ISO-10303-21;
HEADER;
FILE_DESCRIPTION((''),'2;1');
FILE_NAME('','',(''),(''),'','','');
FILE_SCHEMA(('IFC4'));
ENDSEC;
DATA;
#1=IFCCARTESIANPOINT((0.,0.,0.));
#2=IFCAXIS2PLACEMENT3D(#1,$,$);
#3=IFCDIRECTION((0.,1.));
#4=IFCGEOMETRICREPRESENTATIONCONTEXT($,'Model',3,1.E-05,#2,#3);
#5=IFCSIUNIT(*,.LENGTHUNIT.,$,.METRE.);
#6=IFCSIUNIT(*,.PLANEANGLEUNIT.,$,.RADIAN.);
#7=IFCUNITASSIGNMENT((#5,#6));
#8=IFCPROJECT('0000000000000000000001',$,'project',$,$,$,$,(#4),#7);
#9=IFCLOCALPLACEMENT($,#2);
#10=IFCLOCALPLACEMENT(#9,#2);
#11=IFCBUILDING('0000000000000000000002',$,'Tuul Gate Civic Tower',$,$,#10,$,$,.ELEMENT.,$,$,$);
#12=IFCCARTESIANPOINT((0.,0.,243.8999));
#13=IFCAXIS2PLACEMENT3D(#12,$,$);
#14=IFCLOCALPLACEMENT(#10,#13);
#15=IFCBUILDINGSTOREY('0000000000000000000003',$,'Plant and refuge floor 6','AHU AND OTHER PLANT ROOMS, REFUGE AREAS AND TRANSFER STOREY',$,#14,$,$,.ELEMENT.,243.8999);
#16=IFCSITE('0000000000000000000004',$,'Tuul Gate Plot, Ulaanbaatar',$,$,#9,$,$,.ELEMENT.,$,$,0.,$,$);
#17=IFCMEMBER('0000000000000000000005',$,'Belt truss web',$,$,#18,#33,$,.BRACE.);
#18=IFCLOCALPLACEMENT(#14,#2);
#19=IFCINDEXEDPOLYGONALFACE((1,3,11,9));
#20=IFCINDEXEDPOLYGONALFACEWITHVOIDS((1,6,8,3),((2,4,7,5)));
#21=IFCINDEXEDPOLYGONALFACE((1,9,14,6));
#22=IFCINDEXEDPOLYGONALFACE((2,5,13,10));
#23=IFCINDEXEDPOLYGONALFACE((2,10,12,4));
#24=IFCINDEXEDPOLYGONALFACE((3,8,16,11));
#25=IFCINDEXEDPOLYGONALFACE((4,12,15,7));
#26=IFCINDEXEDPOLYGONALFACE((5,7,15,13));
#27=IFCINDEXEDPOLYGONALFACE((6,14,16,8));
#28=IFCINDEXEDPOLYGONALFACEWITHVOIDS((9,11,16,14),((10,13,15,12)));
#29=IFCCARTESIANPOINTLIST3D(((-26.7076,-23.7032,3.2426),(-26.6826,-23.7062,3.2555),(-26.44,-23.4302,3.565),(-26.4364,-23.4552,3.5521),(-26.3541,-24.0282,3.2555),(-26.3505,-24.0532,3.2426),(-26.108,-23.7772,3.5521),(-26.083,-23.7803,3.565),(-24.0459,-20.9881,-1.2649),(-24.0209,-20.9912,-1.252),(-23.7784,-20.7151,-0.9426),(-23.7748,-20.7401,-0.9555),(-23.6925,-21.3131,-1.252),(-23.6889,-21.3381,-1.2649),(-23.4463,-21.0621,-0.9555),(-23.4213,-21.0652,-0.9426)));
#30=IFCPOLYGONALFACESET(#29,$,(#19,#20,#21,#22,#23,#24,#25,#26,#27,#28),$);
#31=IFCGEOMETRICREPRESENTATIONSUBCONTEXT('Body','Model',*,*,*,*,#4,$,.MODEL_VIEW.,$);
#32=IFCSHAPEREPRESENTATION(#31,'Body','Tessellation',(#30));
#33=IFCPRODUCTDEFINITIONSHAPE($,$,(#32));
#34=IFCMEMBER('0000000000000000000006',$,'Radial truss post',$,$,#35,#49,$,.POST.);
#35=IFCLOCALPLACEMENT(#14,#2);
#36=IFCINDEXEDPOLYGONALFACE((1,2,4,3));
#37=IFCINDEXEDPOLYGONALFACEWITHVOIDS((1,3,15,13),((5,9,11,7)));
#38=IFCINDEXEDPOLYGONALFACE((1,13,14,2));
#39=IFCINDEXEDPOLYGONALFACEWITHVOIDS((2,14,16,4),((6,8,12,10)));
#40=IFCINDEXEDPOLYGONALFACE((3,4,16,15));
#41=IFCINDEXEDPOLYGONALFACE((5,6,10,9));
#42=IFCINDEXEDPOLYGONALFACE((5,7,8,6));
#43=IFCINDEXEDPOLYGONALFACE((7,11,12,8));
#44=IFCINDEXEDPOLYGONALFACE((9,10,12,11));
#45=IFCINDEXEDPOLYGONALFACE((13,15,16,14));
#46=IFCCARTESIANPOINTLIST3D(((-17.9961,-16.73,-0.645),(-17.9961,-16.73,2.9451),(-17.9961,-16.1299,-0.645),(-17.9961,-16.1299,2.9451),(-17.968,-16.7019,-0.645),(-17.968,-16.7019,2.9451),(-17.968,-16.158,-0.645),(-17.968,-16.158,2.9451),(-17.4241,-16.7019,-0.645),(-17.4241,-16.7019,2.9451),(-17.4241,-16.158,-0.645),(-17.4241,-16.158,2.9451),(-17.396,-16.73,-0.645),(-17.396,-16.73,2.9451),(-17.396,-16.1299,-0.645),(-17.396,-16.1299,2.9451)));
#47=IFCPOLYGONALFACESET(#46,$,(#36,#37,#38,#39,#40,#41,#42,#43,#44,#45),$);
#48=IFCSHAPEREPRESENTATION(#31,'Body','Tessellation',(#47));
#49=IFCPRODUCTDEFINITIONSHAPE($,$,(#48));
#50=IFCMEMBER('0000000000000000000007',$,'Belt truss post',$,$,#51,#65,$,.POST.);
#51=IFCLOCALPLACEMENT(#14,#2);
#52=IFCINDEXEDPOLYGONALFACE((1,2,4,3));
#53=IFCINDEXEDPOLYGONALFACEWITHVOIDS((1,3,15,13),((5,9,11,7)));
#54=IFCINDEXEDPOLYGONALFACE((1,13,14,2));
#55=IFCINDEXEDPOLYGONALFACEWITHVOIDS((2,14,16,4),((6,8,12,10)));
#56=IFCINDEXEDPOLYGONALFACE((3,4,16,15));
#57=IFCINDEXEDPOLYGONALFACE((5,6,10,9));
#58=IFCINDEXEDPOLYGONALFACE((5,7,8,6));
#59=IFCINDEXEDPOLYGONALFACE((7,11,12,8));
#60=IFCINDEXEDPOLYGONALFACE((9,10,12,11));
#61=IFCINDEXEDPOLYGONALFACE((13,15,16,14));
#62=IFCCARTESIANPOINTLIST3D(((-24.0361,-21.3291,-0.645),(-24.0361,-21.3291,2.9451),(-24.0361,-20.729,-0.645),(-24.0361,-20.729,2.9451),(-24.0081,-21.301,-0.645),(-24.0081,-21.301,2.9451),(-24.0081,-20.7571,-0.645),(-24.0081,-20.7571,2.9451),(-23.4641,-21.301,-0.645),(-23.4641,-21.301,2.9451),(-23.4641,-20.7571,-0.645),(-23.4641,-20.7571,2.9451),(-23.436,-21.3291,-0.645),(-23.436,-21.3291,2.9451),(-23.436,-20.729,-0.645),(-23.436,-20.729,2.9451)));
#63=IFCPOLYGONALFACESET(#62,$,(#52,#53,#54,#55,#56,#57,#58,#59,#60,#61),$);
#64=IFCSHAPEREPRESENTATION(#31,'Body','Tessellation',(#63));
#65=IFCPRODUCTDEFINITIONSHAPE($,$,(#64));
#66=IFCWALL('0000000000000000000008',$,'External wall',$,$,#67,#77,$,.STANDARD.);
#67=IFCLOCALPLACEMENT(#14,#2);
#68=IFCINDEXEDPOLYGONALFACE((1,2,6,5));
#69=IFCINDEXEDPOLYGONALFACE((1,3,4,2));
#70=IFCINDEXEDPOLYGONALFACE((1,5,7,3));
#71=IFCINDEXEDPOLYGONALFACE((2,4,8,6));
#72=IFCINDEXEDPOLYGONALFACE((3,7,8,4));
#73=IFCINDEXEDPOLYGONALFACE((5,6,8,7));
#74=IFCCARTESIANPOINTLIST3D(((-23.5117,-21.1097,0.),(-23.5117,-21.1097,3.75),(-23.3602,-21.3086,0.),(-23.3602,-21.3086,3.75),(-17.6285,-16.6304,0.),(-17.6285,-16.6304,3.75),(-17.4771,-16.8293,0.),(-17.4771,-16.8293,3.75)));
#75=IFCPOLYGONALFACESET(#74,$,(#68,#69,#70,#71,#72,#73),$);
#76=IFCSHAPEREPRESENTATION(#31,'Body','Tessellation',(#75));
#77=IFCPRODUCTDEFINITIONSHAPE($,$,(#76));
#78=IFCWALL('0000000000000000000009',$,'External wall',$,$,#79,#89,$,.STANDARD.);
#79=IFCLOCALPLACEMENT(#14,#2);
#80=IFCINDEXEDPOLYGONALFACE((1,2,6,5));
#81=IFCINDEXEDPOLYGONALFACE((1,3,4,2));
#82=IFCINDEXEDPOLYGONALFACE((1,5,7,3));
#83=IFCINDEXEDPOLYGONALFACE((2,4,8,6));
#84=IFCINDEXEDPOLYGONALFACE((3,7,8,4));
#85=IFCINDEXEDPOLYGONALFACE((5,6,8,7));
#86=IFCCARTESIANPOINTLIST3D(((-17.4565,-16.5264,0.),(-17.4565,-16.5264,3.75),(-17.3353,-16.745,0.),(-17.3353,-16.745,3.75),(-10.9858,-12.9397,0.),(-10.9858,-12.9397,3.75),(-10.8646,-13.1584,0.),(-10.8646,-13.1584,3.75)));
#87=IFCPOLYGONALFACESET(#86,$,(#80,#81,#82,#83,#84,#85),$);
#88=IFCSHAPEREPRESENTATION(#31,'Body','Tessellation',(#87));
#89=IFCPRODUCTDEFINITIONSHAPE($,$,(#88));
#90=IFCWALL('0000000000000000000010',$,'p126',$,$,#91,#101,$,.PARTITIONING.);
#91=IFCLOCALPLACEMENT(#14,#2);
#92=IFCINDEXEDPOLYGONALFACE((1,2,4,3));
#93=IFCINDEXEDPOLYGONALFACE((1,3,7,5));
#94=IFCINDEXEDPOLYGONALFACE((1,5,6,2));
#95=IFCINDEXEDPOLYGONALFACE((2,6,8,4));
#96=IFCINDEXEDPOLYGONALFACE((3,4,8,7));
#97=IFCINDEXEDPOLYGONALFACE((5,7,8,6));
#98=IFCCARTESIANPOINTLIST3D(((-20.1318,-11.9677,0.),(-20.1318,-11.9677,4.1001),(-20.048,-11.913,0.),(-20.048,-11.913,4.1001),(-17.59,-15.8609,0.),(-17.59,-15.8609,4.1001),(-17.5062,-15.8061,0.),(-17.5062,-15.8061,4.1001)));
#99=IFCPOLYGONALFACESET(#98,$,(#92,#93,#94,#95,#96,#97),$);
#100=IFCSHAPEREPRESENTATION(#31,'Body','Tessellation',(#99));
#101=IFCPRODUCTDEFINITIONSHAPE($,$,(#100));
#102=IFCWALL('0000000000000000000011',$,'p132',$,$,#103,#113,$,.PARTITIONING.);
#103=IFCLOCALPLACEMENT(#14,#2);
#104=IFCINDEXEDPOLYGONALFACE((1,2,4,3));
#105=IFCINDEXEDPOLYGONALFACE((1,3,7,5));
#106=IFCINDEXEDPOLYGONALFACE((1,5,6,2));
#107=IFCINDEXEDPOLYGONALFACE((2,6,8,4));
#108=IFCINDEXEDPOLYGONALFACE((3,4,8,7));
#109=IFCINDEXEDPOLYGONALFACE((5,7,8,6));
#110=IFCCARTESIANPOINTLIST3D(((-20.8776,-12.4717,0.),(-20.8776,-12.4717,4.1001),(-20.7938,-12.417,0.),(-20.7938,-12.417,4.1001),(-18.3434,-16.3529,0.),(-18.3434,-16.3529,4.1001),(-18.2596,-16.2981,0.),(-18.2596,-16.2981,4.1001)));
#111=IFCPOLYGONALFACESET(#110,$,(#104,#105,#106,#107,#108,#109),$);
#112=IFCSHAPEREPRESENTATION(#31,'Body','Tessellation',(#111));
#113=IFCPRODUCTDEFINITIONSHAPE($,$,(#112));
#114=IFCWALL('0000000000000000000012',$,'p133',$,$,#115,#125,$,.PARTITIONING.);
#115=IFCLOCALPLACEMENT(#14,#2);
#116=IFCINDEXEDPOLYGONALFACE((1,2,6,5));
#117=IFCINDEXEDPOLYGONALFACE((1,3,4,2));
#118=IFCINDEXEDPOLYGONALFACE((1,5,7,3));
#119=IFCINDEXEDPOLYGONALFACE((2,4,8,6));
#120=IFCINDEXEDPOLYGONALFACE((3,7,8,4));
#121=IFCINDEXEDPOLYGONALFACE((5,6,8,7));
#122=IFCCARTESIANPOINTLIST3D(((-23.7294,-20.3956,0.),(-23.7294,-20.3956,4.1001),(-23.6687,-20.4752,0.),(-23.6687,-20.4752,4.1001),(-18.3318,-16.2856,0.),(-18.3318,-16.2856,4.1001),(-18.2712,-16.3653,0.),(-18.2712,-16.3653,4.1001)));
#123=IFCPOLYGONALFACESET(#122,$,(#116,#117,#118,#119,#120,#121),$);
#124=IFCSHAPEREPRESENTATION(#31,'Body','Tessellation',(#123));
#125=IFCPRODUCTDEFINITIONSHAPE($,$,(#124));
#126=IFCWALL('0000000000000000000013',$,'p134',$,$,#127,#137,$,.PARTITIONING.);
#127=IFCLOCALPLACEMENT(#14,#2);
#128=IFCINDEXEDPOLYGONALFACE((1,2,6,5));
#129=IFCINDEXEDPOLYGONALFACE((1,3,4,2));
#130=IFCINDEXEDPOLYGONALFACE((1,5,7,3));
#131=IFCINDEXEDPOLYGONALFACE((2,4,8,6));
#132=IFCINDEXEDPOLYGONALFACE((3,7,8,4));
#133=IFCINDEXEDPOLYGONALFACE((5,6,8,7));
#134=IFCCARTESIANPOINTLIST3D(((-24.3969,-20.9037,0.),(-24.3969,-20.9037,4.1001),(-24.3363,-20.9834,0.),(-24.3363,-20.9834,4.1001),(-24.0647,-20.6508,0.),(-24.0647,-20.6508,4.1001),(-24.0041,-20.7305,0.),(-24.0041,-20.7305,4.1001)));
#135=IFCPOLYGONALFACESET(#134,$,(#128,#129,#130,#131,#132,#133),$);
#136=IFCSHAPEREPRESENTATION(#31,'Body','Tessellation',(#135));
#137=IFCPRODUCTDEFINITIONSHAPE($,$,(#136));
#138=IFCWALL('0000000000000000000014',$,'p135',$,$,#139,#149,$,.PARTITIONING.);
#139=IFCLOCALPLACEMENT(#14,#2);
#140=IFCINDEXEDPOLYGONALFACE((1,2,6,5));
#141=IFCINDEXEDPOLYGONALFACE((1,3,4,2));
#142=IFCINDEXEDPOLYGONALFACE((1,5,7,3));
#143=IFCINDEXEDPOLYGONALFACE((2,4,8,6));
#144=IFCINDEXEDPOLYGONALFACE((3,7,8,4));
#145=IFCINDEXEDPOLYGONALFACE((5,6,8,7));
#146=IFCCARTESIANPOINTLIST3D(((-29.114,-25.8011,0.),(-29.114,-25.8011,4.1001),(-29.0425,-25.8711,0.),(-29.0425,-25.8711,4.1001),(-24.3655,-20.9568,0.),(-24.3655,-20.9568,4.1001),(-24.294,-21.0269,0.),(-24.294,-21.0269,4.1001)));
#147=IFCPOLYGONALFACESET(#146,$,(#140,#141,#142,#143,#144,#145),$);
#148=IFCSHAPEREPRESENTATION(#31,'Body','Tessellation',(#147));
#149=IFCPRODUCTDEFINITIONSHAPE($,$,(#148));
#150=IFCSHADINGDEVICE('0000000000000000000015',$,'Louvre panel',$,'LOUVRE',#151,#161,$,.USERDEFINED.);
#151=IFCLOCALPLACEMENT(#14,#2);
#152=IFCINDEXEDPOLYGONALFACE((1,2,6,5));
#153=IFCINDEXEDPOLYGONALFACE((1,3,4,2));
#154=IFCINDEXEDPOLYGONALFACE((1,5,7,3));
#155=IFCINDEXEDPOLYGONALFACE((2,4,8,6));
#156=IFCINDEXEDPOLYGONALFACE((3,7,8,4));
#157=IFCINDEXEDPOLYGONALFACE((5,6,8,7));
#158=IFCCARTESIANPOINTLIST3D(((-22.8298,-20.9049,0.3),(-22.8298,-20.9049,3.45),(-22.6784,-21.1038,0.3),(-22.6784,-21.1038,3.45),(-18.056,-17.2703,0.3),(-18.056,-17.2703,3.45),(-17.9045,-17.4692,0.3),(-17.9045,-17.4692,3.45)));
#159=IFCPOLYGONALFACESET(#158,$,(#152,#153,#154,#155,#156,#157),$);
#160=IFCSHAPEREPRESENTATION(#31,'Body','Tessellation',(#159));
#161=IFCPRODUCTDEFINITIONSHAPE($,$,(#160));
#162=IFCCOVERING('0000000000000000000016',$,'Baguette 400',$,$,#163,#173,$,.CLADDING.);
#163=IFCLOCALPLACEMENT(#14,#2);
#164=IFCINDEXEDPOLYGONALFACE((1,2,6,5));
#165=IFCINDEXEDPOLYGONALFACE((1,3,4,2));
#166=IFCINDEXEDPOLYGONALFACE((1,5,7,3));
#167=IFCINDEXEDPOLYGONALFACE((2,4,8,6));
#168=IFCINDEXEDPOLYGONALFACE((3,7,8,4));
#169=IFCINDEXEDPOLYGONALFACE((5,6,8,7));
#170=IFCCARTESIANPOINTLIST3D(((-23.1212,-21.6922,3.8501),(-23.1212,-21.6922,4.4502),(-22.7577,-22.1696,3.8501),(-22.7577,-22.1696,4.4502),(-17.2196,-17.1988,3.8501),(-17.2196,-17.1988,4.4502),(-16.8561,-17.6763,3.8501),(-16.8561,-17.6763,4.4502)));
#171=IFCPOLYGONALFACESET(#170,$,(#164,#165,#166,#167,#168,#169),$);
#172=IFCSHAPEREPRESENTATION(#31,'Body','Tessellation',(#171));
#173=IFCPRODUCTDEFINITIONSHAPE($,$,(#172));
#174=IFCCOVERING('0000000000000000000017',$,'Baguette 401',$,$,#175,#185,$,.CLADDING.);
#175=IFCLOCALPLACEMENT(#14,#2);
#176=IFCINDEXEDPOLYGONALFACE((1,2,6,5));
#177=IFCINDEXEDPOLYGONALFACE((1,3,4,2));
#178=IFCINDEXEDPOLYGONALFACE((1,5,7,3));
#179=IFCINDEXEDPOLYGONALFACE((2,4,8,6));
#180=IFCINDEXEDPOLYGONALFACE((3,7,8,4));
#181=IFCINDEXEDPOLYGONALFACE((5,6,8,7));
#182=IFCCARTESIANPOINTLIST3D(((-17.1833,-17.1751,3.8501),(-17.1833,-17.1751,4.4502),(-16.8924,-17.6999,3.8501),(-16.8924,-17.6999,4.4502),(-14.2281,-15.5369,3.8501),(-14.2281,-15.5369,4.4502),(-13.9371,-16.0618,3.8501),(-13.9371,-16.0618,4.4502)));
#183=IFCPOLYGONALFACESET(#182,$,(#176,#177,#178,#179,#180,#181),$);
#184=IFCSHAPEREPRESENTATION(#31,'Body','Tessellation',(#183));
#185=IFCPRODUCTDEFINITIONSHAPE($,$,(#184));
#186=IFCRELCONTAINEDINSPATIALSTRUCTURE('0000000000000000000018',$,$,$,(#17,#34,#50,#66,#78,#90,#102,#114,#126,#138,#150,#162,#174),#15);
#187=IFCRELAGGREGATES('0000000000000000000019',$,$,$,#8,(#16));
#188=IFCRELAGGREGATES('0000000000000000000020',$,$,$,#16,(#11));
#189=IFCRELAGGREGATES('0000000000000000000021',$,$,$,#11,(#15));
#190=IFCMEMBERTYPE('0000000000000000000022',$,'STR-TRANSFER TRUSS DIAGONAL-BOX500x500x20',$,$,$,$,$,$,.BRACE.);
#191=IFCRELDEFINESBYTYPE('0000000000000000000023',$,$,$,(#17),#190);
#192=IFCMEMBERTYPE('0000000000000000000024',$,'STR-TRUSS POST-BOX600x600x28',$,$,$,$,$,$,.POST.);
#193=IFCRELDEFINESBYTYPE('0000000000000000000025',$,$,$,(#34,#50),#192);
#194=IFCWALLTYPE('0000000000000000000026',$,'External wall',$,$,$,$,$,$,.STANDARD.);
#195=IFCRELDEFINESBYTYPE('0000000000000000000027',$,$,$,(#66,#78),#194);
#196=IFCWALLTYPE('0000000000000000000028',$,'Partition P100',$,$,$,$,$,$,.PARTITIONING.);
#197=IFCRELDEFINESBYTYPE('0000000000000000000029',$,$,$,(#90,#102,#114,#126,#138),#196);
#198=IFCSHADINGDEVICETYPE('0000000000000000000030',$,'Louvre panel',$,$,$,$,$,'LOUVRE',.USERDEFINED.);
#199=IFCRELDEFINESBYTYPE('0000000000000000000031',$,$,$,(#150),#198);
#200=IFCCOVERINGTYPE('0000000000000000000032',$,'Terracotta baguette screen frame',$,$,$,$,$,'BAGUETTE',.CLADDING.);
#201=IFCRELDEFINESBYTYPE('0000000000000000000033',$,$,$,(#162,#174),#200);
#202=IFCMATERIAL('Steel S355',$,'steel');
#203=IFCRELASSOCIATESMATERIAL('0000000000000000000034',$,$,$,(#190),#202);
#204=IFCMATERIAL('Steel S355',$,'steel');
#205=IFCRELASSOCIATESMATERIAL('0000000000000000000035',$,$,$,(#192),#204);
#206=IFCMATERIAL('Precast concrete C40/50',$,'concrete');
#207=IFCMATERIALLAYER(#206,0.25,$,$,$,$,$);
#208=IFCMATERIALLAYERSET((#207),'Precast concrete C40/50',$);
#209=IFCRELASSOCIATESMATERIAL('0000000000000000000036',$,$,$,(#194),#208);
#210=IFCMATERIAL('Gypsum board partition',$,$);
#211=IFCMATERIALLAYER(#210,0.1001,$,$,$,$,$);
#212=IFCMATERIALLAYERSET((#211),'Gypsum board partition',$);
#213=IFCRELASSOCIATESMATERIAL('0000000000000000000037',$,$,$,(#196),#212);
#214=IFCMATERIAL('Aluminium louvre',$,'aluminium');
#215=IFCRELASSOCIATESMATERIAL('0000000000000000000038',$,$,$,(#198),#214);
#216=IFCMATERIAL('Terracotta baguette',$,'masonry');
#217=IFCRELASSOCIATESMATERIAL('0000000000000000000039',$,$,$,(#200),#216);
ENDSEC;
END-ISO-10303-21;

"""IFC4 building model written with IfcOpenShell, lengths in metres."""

from ifc_helpers import new_model, si_unit, direction, frame, frame_2d, origin, origin_2d, place, context, subcontext, project, spatial, rectangle, hollow_rectangle, extrude, material, layer, layer_set, material_profile, profile_set, type_object, element, save


model = new_model("IFC4")

# Units and contexts
model_context = context("Model", 3, precision=1e-05, world=origin(), true_north=direction((0.0, 1.0)))
body_context = subcontext(model_context, "Body", "Model", "MODEL_VIEW")
ifc_project = project(units=[si_unit("LENGTHUNIT", "METRE"), si_unit("PLANEANGLEUNIT", "RADIAN")], contexts=[model_context])

# Site, building, storey
site_placement = place(None, origin())
site = spatial("IfcSite", under=ifc_project, at=site_placement, Name="Tuul Gate Plot, Ulaanbaatar", CompositionType="ELEMENT", RefElevation=0.0)
building_placement = place(site_placement, origin())
building = spatial("IfcBuilding", under=site, at=building_placement, Name="Tuul Gate Civic Tower", CompositionType="ELEMENT")
storey_placement = place(building_placement, frame((0.0, 0.0, 243.8999)))
storey = spatial("IfcBuildingStorey", under=building, at=storey_placement, Name="Plant and refuge floor 6", Description="AHU AND OTHER PLANT ROOMS, REFUGE AREAS AND TRANSFER STOREY", CompositionType="ELEMENT", Elevation=243.8999)

# Members
ifc_material_1 = material(Name="Steel S355", Category="steel")
ifc_material_profile_1 = material_profile(ifc_material_1, hollow_rectangle(XDim=0.5, YDim=0.5, WallThickness=0.02, at=origin_2d()), Name="BOX500x500x20")
ifc_profile_set_1 = profile_set([ifc_material_profile_1], Name="Steel S355")
member_type_1 = type_object("IfcMemberType", Name="STR-TRANSFER TRUSS DIAGONAL-BOX500x500x20", PredefinedType="BRACE", material=ifc_profile_set_1)
for number, where, z_axis, x_axis, name in (
    (1, (-23.7336, -21.0266, -1.1038), (-0.451355, -0.460422, 0.764389), (0.714103, -0.700041, 0.0), "Belt truss web"),
):
    element("IfcMember", number, at=place(storey_placement, frame(where, z_axis=z_axis, x_axis=x_axis)), inside=storey, type_object=member_type_1, Name=name, PredefinedType="BRACE", context=body_context, shape_type="SweptSolid", body=[
        extrude(hollow_rectangle(XDim=0.5, YDim=0.5, WallThickness=0.02, at=origin_2d()), origin(), (0.0, 0.0, 1.0), 5.897),
    ])
ifc_material_2 = material(Name="Steel S355", Category="steel")
ifc_material_profile_2 = material_profile(ifc_material_2, hollow_rectangle(XDim=0.6001, YDim=0.6001, WallThickness=0.0281, at=origin_2d()), Name="BOX600x600x28")
ifc_profile_set_2 = profile_set([ifc_material_profile_2], Name="Steel S355")
member_type_2 = type_object("IfcMemberType", Name="STR-TRUSS POST-BOX600x600x28", PredefinedType="POST", material=ifc_profile_set_2)
for number, where, z_axis, x_axis, name in (
    (2, (-17.696, -16.4299, -0.645), (0.0, 0.0, 1.0), (1.0, 0.0, 0.0), "Radial truss post"),
    (3, (-23.7361, -21.0291, -0.645), (0.0, 0.0, 1.0), (1.0, 0.0, 0.0), "Belt truss post"),
):
    element("IfcMember", number, at=place(storey_placement, frame(where, z_axis=z_axis, x_axis=x_axis)), inside=storey, type_object=member_type_2, Name=name, PredefinedType="POST", context=body_context, shape_type="SweptSolid", body=[
        extrude(hollow_rectangle(XDim=0.6001, YDim=0.6001, WallThickness=0.0281, at=origin_2d()), origin(), (0.0, 0.0, 1.0), 3.5901),
    ])

# Walls
ifc_material_3 = material(Name="Precast concrete C40/50", Category="concrete")
ifc_layer_1 = layer(ifc_material_3, 0.25)
ifc_layer_set_1 = layer_set([ifc_layer_1], Name="Precast concrete C40/50")
wall_type_1 = type_object("IfcWallType", Name="External wall", PredefinedType="STANDARD", material=ifc_layer_set_1)
wall_1_placement = place(storey_placement, frame((-23.436, -21.2092, 0.0), z_axis=(0.0, 0.0, 1.0), x_axis=(0.795633, 0.60578, 0.0)))
element("IfcWall", 4, at=wall_1_placement, inside=storey, type_object=wall_type_1, Name="External wall", PredefinedType="STANDARD", context=body_context, shape_type="SweptSolid", body=[
    extrude(rectangle(XDim=7.3943, YDim=0.25, at=frame_2d((3.6973, 0.0))), origin(), (0.0, 0.0, 1.0), 3.75),
])
wall_2_placement = place(storey_placement, frame((-17.396, -16.6357, 0.0), z_axis=(0.0, 0.0, 1.0), x_axis=(0.874625, 0.484799, 0.0)))
element("IfcWall", 5, at=wall_2_placement, inside=storey, type_object=wall_type_1, Name="External wall", PredefinedType="STANDARD", context=body_context, shape_type="SweptSolid", body=[
    extrude(rectangle(XDim=7.3982, YDim=0.25, at=frame_2d((3.6992, 0.0))), origin(), (0.0, 0.0, 1.0), 3.75),
])
ifc_material_4 = material(Name="Gypsum board partition")
ifc_layer_2 = layer(ifc_material_4, 0.1001)
ifc_layer_set_2 = layer_set([ifc_layer_2], Name="Gypsum board partition")
wall_type_2 = type_object("IfcWallType", Name="Partition P100", PredefinedType="PARTITIONING", material=ifc_layer_set_2)
wall_3_placement = place(storey_placement, frame((-17.5481, -15.8335, 0.0), z_axis=(0.0, 0.0, 1.0), x_axis=(-0.546689, 0.837336, 0.0)))
element("IfcWall", 6, at=wall_3_placement, inside=storey, type_object=wall_type_2, Name="p126", PredefinedType="PARTITIONING", context=body_context, shape_type="SweptSolid", body=[
    extrude(rectangle(XDim=4.6494, YDim=0.1001, at=frame_2d((2.3247, 0.0))), origin(), (0.0, 0.0, 1.0), 4.1001),
])
wall_4_placement = place(storey_placement, frame((-20.8357, -12.4443, 0.0), z_axis=(0.0, 0.0, 1.0), x_axis=(0.546726, -0.837312, 0.0)))
element("IfcWall", 7, at=wall_4_placement, inside=storey, type_object=wall_type_2, Name="p132", PredefinedType="PARTITIONING", context=body_context, shape_type="SweptSolid", body=[
    extrude(rectangle(XDim=4.6353, YDim=0.1001, at=frame_2d((2.3176, 0.0))), origin(), (0.0, 0.0, 1.0), 4.1001),
])
wall_5_placement = place(storey_placement, frame((-18.3015, -16.3254, 0.0), z_axis=(0.0, 0.0, 1.0), x_axis=(-0.795608, -0.605811, 0.0)))
element("IfcWall", 8, at=wall_5_placement, inside=storey, type_object=wall_type_2, Name="p133", PredefinedType="PARTITIONING", context=body_context, shape_type="SweptSolid", body=[
    extrude(rectangle(XDim=6.7842, YDim=0.1001, at=frame_2d((3.3921, 0.0))), origin(), (0.0, 0.0, 1.0), 4.1001),
])
wall_6_placement = place(storey_placement, frame((-24.0344, -20.6907, 0.0), z_axis=(0.0, 0.0, 1.0), x_axis=(-0.7957, -0.605691, 0.0)))
element("IfcWall", 9, at=wall_6_placement, inside=storey, type_object=wall_type_2, Name="p134", PredefinedType="PARTITIONING", context=body_context, shape_type="SweptSolid", body=[
    extrude(rectangle(XDim=0.4175, YDim=0.1001, at=frame_2d((0.2087, 0.0))), origin(), (0.0, 0.0, 1.0), 4.1001),
])
wall_7_placement = place(storey_placement, frame((-24.3298, -20.9919, 0.0), z_axis=(0.0, 0.0, 1.0), x_axis=(-0.700017, -0.714126, 0.0)))
element("IfcWall", 10, at=wall_7_placement, inside=storey, type_object=wall_type_2, Name="p135", PredefinedType="PARTITIONING", context=body_context, shape_type="SweptSolid", body=[
    extrude(rectangle(XDim=6.7834, YDim=0.1001, at=frame_2d((3.3916, 0.0))), origin(), (0.0, 0.0, 1.0), 4.1001),
])

# Shading device
ifc_material_5 = material(Name="Aluminium louvre", Category="aluminium")
shading_device_type = type_object("IfcShadingDeviceType", Name="Louvre panel", ElementType="LOUVRE", PredefinedType="USERDEFINED", material=ifc_material_5)
shading_device_placement = place(storey_placement, frame((-20.3672, -19.187, 0.3), z_axis=(0.0, 0.0, 1.0), x_axis=(0.605767, -0.795642, 0.0)))
element("IfcShadingDevice", 11, at=shading_device_placement, inside=storey, type_object=shading_device_type, Name="Louvre panel", ObjectType="LOUVRE", PredefinedType="USERDEFINED", context=body_context, shape_type="SweptSolid", body=[
    extrude(rectangle(XDim=0.25, YDim=6.0, at=origin_2d()), origin(), (0.0, 0.0, 1.0), 3.1499),
])

# Coverings
ifc_material_6 = material(Name="Terracotta baguette", Category="masonry")
ifc_material_profile_3 = material_profile(ifc_material_6, rectangle(XDim=0.6001, YDim=0.6001, at=origin_2d()), Name="Terracotta baguette screen frame")
ifc_profile_set_3 = profile_set([ifc_material_profile_3], Name="Terracotta baguette")
covering_type = type_object("IfcCoveringType", Name="Terracotta baguette screen frame", ElementType="BAGUETTE", PredefinedType="CLADDING", material=ifc_profile_set_3)
covering_1_placement = place(storey_placement, frame((-22.9395, -21.9309, 4.1501), z_axis=(0.79563, 0.605782, 0.0), x_axis=(-0.605782, 0.79563, 0.0)))
element("IfcCovering", 12, at=covering_1_placement, inside=storey, type_object=covering_type, Name="Baguette 400", PredefinedType="CLADDING", context=body_context, shape_type="SweptSolid", body=[
    extrude(rectangle(XDim=0.6001, YDim=0.6001, at=origin_2d()), origin(), (0.0, 0.0, 1.0), 7.4175),
])
covering_2_placement = place(storey_placement, frame((-17.0378, -17.4375, 4.1501), z_axis=(0.874617, 0.484815, 0.0), x_axis=(-0.484815, 0.874617, 0.0)))
element("IfcCovering", 13, at=covering_2_placement, inside=storey, type_object=covering_type, Name="Baguette 401", PredefinedType="CLADDING", context=body_context, shape_type="SweptSolid", body=[
    extrude(rectangle(XDim=0.6001, YDim=0.6001, at=origin_2d()), origin(), (0.0, 0.0, 1.0), 3.3789),
])

save(model, "model.ifc")
